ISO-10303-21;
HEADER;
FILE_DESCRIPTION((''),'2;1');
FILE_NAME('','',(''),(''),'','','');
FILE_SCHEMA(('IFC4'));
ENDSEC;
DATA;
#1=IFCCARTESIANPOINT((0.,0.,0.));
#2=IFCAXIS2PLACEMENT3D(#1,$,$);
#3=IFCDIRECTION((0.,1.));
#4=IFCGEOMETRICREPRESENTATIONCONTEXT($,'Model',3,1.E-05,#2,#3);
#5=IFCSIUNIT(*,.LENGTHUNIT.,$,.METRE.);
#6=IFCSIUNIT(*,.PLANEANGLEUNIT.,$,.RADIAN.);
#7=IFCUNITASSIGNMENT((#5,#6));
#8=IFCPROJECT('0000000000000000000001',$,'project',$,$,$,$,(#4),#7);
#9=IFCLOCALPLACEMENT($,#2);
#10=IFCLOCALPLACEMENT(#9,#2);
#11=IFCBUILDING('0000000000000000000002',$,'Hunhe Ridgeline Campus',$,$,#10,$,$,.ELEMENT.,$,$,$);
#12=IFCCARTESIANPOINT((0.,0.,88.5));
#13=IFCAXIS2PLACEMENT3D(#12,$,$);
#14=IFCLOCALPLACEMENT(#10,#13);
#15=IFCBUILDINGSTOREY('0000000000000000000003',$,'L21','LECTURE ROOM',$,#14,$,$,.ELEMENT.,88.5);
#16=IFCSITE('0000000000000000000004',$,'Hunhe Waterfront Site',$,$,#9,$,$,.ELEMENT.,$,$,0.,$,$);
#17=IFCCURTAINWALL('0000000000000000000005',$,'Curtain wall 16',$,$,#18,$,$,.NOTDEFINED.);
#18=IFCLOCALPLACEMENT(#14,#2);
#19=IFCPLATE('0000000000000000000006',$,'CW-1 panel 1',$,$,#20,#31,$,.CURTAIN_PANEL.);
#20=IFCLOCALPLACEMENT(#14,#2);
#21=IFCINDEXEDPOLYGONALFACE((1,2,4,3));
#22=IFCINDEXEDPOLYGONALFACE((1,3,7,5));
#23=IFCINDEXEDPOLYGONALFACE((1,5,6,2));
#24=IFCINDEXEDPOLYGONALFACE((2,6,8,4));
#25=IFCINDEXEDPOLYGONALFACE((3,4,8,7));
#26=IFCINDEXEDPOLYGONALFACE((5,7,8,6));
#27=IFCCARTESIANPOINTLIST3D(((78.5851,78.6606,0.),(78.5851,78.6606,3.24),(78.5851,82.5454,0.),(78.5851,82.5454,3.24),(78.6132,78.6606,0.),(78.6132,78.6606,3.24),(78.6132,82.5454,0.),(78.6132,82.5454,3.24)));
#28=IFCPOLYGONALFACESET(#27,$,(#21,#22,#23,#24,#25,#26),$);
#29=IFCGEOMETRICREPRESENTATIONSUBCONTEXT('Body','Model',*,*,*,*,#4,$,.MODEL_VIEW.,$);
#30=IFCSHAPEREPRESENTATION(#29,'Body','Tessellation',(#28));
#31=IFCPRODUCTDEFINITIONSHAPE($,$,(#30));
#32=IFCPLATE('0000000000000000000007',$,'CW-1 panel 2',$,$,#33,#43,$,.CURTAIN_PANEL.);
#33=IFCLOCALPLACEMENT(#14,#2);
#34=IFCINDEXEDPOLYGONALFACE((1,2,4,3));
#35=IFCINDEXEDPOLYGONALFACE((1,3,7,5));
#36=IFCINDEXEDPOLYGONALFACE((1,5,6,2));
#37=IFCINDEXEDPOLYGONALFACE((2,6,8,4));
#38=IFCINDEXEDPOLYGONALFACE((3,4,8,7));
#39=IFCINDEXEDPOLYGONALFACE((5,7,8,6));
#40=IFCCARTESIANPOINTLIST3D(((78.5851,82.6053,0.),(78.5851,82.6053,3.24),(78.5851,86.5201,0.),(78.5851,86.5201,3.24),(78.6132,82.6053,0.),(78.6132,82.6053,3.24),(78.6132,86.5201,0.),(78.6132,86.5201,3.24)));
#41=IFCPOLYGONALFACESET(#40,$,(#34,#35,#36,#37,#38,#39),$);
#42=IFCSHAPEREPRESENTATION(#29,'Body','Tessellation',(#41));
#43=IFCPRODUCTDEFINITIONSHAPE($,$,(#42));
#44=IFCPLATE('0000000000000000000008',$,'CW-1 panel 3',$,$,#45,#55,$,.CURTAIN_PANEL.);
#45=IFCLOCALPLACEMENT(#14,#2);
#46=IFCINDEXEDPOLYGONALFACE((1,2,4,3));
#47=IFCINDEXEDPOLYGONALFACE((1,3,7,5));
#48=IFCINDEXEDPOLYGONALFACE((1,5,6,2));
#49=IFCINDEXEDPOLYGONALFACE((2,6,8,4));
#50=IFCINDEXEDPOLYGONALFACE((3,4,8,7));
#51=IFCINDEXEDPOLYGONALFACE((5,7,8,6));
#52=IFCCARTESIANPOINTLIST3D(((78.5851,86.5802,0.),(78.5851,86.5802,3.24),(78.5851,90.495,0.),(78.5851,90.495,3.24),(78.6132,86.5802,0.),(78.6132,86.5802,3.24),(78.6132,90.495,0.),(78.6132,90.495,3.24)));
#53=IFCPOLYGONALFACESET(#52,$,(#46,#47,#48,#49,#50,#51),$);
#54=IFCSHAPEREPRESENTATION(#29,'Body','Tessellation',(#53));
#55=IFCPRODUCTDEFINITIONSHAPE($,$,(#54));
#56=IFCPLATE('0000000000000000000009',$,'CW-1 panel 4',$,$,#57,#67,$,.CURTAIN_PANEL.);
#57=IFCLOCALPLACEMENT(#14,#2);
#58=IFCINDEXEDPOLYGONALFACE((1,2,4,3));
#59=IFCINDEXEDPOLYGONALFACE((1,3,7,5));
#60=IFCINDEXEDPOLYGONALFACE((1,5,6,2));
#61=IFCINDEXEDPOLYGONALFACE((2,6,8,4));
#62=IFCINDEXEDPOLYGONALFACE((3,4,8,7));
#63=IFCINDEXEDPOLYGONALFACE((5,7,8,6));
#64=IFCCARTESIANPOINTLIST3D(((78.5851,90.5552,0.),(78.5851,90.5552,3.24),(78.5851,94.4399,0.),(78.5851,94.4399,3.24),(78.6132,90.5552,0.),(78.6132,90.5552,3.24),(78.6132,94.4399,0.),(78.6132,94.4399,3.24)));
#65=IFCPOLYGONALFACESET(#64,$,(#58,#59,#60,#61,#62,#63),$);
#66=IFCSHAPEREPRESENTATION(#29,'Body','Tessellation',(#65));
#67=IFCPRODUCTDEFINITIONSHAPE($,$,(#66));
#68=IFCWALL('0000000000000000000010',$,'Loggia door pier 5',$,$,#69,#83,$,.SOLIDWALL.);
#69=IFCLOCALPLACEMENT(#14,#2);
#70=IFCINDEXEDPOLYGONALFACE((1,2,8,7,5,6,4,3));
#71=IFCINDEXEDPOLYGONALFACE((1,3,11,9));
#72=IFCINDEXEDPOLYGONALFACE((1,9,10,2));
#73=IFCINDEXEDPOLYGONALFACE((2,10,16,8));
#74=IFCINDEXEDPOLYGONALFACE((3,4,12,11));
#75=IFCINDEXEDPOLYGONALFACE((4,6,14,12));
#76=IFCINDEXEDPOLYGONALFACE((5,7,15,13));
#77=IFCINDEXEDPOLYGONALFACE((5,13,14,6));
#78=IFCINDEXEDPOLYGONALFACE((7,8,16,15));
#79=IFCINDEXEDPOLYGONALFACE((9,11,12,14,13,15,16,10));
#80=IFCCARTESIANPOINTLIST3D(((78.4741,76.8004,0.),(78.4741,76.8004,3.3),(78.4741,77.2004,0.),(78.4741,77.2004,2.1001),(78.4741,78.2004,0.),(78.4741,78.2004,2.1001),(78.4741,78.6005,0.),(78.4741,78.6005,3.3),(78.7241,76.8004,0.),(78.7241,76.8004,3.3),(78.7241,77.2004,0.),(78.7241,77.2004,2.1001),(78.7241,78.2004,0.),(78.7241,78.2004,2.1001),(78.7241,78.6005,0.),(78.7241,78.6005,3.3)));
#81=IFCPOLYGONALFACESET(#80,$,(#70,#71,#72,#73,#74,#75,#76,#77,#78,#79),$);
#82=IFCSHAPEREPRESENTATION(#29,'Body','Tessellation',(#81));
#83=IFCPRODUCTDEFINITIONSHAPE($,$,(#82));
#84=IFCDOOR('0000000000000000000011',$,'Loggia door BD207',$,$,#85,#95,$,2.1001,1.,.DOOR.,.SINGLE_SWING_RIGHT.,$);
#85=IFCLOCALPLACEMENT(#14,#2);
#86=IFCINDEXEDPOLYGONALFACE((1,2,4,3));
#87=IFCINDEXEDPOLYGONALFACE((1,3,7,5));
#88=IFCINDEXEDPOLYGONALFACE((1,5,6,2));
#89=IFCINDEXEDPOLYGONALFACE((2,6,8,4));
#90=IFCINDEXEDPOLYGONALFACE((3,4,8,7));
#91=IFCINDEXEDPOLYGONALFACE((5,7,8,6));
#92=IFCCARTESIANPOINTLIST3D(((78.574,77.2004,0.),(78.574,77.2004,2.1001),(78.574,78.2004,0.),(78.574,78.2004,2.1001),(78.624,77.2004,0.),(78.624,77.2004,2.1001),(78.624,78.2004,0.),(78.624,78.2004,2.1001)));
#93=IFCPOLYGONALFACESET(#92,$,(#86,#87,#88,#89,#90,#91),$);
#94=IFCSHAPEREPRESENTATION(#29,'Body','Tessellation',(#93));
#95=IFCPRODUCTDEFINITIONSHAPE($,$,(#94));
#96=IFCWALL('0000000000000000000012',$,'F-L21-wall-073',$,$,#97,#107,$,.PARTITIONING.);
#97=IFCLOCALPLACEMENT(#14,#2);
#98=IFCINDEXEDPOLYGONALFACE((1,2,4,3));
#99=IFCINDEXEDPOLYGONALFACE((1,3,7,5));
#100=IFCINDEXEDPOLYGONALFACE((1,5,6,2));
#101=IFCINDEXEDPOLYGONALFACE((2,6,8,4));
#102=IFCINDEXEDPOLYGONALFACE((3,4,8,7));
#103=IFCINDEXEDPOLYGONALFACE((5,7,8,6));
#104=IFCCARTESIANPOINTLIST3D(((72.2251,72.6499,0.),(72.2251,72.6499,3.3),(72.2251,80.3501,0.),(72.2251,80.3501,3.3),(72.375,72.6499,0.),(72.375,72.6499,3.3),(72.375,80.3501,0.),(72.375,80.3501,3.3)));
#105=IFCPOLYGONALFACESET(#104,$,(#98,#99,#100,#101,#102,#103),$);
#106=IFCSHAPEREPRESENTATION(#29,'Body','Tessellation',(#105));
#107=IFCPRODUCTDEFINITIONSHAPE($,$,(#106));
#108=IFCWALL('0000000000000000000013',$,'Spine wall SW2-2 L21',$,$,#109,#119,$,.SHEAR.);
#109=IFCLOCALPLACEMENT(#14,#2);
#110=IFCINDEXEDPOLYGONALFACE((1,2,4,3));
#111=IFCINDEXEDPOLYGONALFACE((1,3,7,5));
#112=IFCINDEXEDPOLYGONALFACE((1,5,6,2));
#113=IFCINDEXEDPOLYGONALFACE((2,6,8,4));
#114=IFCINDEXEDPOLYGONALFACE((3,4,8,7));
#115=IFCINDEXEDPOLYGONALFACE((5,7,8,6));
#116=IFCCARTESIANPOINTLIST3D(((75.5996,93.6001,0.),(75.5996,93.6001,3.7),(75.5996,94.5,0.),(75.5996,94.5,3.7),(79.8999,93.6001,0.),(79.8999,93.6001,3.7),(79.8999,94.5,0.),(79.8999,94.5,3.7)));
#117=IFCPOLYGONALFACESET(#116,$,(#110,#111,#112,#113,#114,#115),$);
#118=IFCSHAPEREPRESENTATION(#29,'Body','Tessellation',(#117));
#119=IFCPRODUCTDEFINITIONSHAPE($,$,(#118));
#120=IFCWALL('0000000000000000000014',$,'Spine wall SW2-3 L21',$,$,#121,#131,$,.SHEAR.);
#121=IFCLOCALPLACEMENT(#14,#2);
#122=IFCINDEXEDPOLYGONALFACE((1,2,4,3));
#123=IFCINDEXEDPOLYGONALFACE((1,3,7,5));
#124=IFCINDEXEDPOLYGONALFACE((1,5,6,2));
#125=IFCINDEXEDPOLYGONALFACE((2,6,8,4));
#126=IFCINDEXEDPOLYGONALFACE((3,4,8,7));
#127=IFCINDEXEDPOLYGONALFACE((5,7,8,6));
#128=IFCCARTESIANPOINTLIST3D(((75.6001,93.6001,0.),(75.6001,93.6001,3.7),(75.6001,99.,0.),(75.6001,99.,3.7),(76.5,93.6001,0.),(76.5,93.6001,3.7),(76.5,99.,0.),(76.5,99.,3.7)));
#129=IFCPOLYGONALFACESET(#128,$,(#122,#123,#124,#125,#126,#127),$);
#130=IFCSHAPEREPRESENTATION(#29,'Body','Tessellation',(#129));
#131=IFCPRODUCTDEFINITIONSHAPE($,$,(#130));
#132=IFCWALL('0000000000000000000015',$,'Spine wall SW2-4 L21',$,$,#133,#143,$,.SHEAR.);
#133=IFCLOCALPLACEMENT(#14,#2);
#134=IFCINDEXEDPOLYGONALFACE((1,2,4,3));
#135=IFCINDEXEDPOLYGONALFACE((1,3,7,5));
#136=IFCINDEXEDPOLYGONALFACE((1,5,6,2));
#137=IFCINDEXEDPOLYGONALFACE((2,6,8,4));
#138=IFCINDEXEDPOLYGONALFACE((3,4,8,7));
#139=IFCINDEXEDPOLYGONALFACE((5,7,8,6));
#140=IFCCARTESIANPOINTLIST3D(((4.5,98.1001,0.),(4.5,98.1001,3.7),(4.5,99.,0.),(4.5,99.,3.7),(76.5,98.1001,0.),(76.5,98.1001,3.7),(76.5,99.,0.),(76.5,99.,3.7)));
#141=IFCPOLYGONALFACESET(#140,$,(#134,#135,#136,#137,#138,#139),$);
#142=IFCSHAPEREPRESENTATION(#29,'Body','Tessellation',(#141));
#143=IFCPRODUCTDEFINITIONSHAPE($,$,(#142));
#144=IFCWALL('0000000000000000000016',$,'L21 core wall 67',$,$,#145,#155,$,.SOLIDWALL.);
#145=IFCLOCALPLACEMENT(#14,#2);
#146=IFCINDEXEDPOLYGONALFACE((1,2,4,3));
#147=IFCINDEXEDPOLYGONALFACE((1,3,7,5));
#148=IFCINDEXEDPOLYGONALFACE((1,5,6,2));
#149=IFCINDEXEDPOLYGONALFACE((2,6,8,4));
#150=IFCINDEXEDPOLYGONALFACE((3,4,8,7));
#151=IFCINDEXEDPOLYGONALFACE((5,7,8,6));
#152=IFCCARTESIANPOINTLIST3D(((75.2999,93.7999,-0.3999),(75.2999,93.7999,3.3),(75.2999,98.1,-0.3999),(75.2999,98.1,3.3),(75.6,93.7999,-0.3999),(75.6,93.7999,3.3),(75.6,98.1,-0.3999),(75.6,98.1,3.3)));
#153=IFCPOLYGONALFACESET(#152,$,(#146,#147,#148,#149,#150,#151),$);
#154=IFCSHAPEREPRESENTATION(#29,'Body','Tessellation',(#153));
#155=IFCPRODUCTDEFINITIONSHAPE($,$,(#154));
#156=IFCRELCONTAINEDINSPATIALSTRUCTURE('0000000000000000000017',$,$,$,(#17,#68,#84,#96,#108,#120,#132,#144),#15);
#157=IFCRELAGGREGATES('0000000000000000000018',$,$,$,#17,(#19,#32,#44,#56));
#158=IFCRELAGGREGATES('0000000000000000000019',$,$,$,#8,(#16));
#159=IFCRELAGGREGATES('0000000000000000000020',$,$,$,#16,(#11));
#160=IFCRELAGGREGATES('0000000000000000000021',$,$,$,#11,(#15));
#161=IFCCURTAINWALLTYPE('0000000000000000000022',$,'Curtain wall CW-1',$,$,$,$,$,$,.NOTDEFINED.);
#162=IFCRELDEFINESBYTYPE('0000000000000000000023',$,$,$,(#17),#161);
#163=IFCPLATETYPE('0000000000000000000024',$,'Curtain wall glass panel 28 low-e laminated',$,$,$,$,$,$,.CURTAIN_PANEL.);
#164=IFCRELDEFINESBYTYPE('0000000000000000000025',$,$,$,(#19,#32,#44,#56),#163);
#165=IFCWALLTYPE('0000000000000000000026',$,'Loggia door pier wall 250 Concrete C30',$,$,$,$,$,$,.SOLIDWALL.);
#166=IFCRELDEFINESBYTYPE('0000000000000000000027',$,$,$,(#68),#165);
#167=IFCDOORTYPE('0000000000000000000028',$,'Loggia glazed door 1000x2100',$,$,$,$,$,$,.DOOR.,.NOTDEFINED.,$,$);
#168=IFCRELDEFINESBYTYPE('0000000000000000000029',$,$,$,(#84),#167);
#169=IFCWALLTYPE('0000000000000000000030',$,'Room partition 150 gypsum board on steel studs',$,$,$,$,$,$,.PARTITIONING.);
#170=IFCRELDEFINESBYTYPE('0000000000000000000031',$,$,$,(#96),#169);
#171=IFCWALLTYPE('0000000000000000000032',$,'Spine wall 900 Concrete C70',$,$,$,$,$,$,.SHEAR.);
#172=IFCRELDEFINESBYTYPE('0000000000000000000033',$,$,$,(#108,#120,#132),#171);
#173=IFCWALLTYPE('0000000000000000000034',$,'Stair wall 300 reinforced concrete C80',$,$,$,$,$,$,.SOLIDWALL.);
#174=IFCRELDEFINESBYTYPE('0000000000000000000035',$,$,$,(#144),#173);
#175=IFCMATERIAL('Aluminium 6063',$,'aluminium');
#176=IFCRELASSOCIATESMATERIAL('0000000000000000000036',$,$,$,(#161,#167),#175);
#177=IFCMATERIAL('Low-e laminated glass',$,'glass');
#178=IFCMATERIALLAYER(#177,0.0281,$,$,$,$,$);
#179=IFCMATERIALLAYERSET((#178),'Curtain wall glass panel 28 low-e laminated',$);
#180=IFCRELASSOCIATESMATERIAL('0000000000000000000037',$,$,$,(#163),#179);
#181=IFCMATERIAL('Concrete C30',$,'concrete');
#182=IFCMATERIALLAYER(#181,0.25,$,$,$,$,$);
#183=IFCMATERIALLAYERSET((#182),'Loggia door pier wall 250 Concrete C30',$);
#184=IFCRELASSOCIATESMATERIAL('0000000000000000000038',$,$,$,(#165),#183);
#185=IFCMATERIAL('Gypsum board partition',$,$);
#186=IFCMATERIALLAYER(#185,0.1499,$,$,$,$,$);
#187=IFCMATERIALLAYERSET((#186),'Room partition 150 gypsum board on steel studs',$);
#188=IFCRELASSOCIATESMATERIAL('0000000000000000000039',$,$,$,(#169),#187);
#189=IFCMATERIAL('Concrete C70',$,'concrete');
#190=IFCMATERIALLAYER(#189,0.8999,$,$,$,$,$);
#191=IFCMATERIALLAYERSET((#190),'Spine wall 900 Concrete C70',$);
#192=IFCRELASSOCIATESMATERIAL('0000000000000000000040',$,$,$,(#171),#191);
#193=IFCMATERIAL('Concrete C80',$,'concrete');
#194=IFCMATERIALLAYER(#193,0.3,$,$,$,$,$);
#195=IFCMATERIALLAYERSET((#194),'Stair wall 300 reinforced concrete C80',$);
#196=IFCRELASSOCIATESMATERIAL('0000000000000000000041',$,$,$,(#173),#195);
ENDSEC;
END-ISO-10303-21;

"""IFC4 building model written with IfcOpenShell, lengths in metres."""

from ifc_helpers import new_model, si_unit, direction, frame, frame_2d, origin, origin_2d, place, context, subcontext, project, spatial, rectangle, extrude, material, layer, layer_set, type_object, element, fill, aggregate, save


model = new_model("IFC4")

# Units and contexts
model_context = context("Model", 3, precision=1e-05, world=origin(), true_north=direction((0.0, 1.0)))
body_context = subcontext(model_context, "Body", "Model", "MODEL_VIEW")
ifc_project = project(units=[si_unit("LENGTHUNIT", "METRE"), si_unit("PLANEANGLEUNIT", "RADIAN")], contexts=[model_context])

# Site, building, storey
site_placement = place(None, origin())
site = spatial("IfcSite", under=ifc_project, at=site_placement, Name="Hunhe Waterfront Site", CompositionType="ELEMENT", RefElevation=0.0)
building_placement = place(site_placement, origin())
building = spatial("IfcBuilding", under=site, at=building_placement, Name="Hunhe Ridgeline Campus", CompositionType="ELEMENT")
storey_placement = place(building_placement, frame((0.0, 0.0, 88.5)))
storey = spatial("IfcBuildingStorey", under=building, at=storey_placement, Name="L21", Description="LECTURE ROOM", CompositionType="ELEMENT", Elevation=88.5)

# Shared definitions
ifc_material_1 = material(Name="Concrete C70", Category="concrete")

# Shared definitions
ifc_material_2 = material(Name="Aluminium 6063", Category="aluminium")
curtain_wall_type = type_object("IfcCurtainWallType", Name="Curtain wall CW-1", PredefinedType="NOTDEFINED", material=ifc_material_2)

# Curtain wall
curtain_wall_1_placement = place(storey_placement, origin())
curtain_wall_1 = element("IfcCurtainWall", 1, at=curtain_wall_1_placement, inside=storey, type_object=curtain_wall_type, Name="Curtain wall 16", PredefinedType="NOTDEFINED")

# Plates
ifc_material_3 = material(Name="Low-e laminated glass", Category="glass")
ifc_layer_1 = layer(ifc_material_3, 0.0281)
ifc_layer_set_1 = layer_set([ifc_layer_1], Name="Curtain wall glass panel 28 low-e laminated")
plate_type = type_object("IfcPlateType", Name="Curtain wall glass panel 28 low-e laminated", PredefinedType="CURTAIN_PANEL", material=ifc_layer_set_1)
plate_1_placement = place(storey_placement, frame((78.5991, 80.603, 0.0), z_axis=(0.0, 0.0, 1.0), x_axis=(0.0, 1.0, 0.0)))
plate_1 = element("IfcPlate", 2, at=plate_1_placement, type_object=plate_type, Name="CW-1 panel 1", PredefinedType="CURTAIN_PANEL", context=body_context, shape_type="SweptSolid", body=[
    extrude(rectangle(XDim=3.8848, YDim=0.0281, at=origin_2d()), origin(), (0.0, 0.0, 1.0), 3.24),
])
plate_2_placement = place(storey_placement, frame((78.5991, 84.5627, 0.0), z_axis=(0.0, 0.0, 1.0), x_axis=(0.0, 1.0, 0.0)))
plate_2 = element("IfcPlate", 3, at=plate_2_placement, type_object=plate_type, Name="CW-1 panel 2", PredefinedType="CURTAIN_PANEL", context=body_context, shape_type="SweptSolid", body=[
    extrude(rectangle(XDim=3.9148, YDim=0.0281, at=origin_2d()), origin(), (0.0, 0.0, 1.0), 3.24),
])
plate_3_placement = place(storey_placement, frame((78.5991, 88.5376, 0.0), z_axis=(0.0, 0.0, 1.0), x_axis=(0.0, 1.0, 0.0)))
plate_3 = element("IfcPlate", 4, at=plate_3_placement, type_object=plate_type, Name="CW-1 panel 3", PredefinedType="CURTAIN_PANEL", context=body_context, shape_type="SweptSolid", body=[
    extrude(rectangle(XDim=3.9148, YDim=0.0281, at=origin_2d()), origin(), (0.0, 0.0, 1.0), 3.24),
])
plate_4_placement = place(storey_placement, frame((78.5991, 92.4976, 0.0), z_axis=(0.0, 0.0, 1.0), x_axis=(0.0, 1.0, 0.0)))
plate_4 = element("IfcPlate", 5, at=plate_4_placement, type_object=plate_type, Name="CW-1 panel 4", PredefinedType="CURTAIN_PANEL", context=body_context, shape_type="SweptSolid", body=[
    extrude(rectangle(XDim=3.8848, YDim=0.0281, at=origin_2d()), origin(), (0.0, 0.0, 1.0), 3.24),
])
aggregate(curtain_wall_1, [plate_1, plate_2, plate_3, plate_4])

# Shared definitions
ifc_material_4 = material(Name="Gypsum board partition")

# Wall, opening, door
ifc_material_5 = material(Name="Concrete C30", Category="concrete")
ifc_layer_2 = layer(ifc_material_5, 0.25)
ifc_layer_set_2 = layer_set([ifc_layer_2], Name="Loggia door pier wall 250 Concrete C30")
wall_type_1 = type_object("IfcWallType", Name="Loggia door pier wall 250 Concrete C30", PredefinedType="SOLIDWALL", material=ifc_layer_set_2)
wall_1_placement = place(storey_placement, frame((78.5991, 76.8005, 0.0), z_axis=(0.0, 0.0, 1.0), x_axis=(0.0, 1.0, 0.0)))
wall_1 = element("IfcWall", 6, at=wall_1_placement, inside=storey, type_object=wall_type_1, Name="Loggia door pier 5", PredefinedType="SOLIDWALL", context=body_context, shape_type="SweptSolid", body=[
    extrude(rectangle(XDim=1.8, YDim=0.25, at=frame_2d((0.8999, 0.0))), origin(), (0.0, 0.0, 1.0), 3.3),
])
opening_1_placement = place(wall_1_placement, frame((0.3999, 0.0, 0.0)))
opening_1 = element("IfcOpeningElement", 7, at=opening_1_placement, cuts=wall_1, PredefinedType="OPENING", context=body_context, shape_type="SweptSolid", body=[
    extrude(rectangle(XDim=1.0, YDim=2.1001, at=frame_2d((0.5, 1.05))), frame((0.0, 0.125, 0.0), z_axis=(0.0, -1.0, 0.0), x_axis=(1.0, 0.0, 0.0)), (0.0, 0.0, 1.0), 0.25),
])
door_type_1 = type_object("IfcDoorType", Name="Loggia glazed door 1000x2100", OperationType="NOTDEFINED", PredefinedType="DOOR", material=ifc_material_2)
door_1_placement = place(opening_1_placement, frame((1.0, 0.0, 0.0), z_axis=(0.0, 0.0, 1.0), x_axis=(-1.0, 0.0, 0.0)))
door_1 = element("IfcDoor", 8, at=door_1_placement, inside=storey, type_object=door_type_1, Name="Loggia door BD207", OperationType="SINGLE_SWING_RIGHT", OverallHeight=2.1001, OverallWidth=1.0, PredefinedType="DOOR", context=body_context, shape_type="SweptSolid", body=[
    extrude(rectangle(XDim=1.0, YDim=2.1001, at=frame_2d((0.5, 1.05))), frame((0.0, 0.0249, 0.0), z_axis=(0.0, -1.0, 0.0), x_axis=(1.0, 0.0, 0.0)), (0.0, 0.0, 1.0), 0.05),
])
fill(opening_1, door_1)

# Walls
ifc_layer_3 = layer(ifc_material_4, 0.1499)
ifc_layer_set_3 = layer_set([ifc_layer_3], Name="Room partition 150 gypsum board on steel studs")
wall_type_2 = type_object("IfcWallType", Name="Room partition 150 gypsum board on steel studs", PredefinedType="PARTITIONING", material=ifc_layer_set_3)
wall_2_placement = place(storey_placement, frame((72.3, 80.3501, 0.0), z_axis=(0.0, 0.0, 1.0), x_axis=(0.0, -1.0, 0.0)))
element("IfcWall", 9, at=wall_2_placement, inside=storey, type_object=wall_type_2, Name="F-L21-wall-073", PredefinedType="PARTITIONING", context=body_context, shape_type="SweptSolid", body=[
    extrude(rectangle(XDim=7.7002, YDim=0.1499, at=frame_2d((3.8501, 0.0))), origin(), (0.0, 0.0, 1.0), 3.3),
])
ifc_layer_4 = layer(ifc_material_1, 0.8999)
ifc_layer_set_4 = layer_set([ifc_layer_4], Name="Spine wall 900 Concrete C70")
wall_type_3 = type_object("IfcWallType", Name="Spine wall 900 Concrete C70", PredefinedType="SHEAR", material=ifc_layer_set_4)
wall_3_placement = place(storey_placement, frame((79.8999, 94.05, 0.0), z_axis=(0.0, 0.0, 1.0), x_axis=(-1.0, 0.0, 0.0)))
element("IfcWall", 10, at=wall_3_placement, inside=storey, type_object=wall_type_3, Name="Spine wall SW2-2 L21", PredefinedType="SHEAR", context=body_context, shape_type="SweptSolid", body=[
    extrude(rectangle(XDim=4.3003, YDim=0.8999, at=frame_2d((2.1501, 0.0))), origin(), (0.0, 0.0, 1.0), 3.7),
])
wall_4_placement = place(storey_placement, frame((76.05, 93.6001, 0.0), z_axis=(0.0, 0.0, 1.0), x_axis=(0.0, 1.0, 0.0)))
element("IfcWall", 11, at=wall_4_placement, inside=storey, type_object=wall_type_3, Name="Spine wall SW2-3 L21", PredefinedType="SHEAR", context=body_context, shape_type="SweptSolid", body=[
    extrude(rectangle(XDim=5.3999, YDim=0.8999, at=frame_2d((2.7, 0.0))), origin(), (0.0, 0.0, 1.0), 3.7),
])
wall_5_placement = place(storey_placement, frame((76.5, 98.55, 0.0), z_axis=(0.0, 0.0, 1.0), x_axis=(-1.0, 0.0, 0.0)))
element("IfcWall", 12, at=wall_5_placement, inside=storey, type_object=wall_type_3, Name="Spine wall SW2-4 L21", PredefinedType="SHEAR", context=body_context, shape_type="SweptSolid", body=[
    extrude(rectangle(XDim=72.0, YDim=0.8999, at=frame_2d((36.0, 0.0))), origin(), (0.0, 0.0, 1.0), 3.7),
])
ifc_material_6 = material(Name="Concrete C80", Category="concrete")
ifc_layer_5 = layer(ifc_material_6, 0.3)
ifc_layer_set_5 = layer_set([ifc_layer_5], Name="Stair wall 300 reinforced concrete C80")
wall_type_4 = type_object("IfcWallType", Name="Stair wall 300 reinforced concrete C80", PredefinedType="SOLIDWALL", material=ifc_layer_set_5)
wall_6_placement = place(storey_placement, frame((75.45, 93.8, -0.3999), z_axis=(0.0, 0.0, 1.0), x_axis=(0.0, 1.0, 0.0)))
element("IfcWall", 13, at=wall_6_placement, inside=storey, type_object=wall_type_4, Name="L21 core wall 67", PredefinedType="SOLIDWALL", context=body_context, shape_type="SweptSolid", body=[
    extrude(rectangle(XDim=4.3, YDim=0.3, at=frame_2d((2.1499, 0.0))), origin(), (0.0, 0.0, 1.0), 3.7),
])

save(model, "model.ifc")
